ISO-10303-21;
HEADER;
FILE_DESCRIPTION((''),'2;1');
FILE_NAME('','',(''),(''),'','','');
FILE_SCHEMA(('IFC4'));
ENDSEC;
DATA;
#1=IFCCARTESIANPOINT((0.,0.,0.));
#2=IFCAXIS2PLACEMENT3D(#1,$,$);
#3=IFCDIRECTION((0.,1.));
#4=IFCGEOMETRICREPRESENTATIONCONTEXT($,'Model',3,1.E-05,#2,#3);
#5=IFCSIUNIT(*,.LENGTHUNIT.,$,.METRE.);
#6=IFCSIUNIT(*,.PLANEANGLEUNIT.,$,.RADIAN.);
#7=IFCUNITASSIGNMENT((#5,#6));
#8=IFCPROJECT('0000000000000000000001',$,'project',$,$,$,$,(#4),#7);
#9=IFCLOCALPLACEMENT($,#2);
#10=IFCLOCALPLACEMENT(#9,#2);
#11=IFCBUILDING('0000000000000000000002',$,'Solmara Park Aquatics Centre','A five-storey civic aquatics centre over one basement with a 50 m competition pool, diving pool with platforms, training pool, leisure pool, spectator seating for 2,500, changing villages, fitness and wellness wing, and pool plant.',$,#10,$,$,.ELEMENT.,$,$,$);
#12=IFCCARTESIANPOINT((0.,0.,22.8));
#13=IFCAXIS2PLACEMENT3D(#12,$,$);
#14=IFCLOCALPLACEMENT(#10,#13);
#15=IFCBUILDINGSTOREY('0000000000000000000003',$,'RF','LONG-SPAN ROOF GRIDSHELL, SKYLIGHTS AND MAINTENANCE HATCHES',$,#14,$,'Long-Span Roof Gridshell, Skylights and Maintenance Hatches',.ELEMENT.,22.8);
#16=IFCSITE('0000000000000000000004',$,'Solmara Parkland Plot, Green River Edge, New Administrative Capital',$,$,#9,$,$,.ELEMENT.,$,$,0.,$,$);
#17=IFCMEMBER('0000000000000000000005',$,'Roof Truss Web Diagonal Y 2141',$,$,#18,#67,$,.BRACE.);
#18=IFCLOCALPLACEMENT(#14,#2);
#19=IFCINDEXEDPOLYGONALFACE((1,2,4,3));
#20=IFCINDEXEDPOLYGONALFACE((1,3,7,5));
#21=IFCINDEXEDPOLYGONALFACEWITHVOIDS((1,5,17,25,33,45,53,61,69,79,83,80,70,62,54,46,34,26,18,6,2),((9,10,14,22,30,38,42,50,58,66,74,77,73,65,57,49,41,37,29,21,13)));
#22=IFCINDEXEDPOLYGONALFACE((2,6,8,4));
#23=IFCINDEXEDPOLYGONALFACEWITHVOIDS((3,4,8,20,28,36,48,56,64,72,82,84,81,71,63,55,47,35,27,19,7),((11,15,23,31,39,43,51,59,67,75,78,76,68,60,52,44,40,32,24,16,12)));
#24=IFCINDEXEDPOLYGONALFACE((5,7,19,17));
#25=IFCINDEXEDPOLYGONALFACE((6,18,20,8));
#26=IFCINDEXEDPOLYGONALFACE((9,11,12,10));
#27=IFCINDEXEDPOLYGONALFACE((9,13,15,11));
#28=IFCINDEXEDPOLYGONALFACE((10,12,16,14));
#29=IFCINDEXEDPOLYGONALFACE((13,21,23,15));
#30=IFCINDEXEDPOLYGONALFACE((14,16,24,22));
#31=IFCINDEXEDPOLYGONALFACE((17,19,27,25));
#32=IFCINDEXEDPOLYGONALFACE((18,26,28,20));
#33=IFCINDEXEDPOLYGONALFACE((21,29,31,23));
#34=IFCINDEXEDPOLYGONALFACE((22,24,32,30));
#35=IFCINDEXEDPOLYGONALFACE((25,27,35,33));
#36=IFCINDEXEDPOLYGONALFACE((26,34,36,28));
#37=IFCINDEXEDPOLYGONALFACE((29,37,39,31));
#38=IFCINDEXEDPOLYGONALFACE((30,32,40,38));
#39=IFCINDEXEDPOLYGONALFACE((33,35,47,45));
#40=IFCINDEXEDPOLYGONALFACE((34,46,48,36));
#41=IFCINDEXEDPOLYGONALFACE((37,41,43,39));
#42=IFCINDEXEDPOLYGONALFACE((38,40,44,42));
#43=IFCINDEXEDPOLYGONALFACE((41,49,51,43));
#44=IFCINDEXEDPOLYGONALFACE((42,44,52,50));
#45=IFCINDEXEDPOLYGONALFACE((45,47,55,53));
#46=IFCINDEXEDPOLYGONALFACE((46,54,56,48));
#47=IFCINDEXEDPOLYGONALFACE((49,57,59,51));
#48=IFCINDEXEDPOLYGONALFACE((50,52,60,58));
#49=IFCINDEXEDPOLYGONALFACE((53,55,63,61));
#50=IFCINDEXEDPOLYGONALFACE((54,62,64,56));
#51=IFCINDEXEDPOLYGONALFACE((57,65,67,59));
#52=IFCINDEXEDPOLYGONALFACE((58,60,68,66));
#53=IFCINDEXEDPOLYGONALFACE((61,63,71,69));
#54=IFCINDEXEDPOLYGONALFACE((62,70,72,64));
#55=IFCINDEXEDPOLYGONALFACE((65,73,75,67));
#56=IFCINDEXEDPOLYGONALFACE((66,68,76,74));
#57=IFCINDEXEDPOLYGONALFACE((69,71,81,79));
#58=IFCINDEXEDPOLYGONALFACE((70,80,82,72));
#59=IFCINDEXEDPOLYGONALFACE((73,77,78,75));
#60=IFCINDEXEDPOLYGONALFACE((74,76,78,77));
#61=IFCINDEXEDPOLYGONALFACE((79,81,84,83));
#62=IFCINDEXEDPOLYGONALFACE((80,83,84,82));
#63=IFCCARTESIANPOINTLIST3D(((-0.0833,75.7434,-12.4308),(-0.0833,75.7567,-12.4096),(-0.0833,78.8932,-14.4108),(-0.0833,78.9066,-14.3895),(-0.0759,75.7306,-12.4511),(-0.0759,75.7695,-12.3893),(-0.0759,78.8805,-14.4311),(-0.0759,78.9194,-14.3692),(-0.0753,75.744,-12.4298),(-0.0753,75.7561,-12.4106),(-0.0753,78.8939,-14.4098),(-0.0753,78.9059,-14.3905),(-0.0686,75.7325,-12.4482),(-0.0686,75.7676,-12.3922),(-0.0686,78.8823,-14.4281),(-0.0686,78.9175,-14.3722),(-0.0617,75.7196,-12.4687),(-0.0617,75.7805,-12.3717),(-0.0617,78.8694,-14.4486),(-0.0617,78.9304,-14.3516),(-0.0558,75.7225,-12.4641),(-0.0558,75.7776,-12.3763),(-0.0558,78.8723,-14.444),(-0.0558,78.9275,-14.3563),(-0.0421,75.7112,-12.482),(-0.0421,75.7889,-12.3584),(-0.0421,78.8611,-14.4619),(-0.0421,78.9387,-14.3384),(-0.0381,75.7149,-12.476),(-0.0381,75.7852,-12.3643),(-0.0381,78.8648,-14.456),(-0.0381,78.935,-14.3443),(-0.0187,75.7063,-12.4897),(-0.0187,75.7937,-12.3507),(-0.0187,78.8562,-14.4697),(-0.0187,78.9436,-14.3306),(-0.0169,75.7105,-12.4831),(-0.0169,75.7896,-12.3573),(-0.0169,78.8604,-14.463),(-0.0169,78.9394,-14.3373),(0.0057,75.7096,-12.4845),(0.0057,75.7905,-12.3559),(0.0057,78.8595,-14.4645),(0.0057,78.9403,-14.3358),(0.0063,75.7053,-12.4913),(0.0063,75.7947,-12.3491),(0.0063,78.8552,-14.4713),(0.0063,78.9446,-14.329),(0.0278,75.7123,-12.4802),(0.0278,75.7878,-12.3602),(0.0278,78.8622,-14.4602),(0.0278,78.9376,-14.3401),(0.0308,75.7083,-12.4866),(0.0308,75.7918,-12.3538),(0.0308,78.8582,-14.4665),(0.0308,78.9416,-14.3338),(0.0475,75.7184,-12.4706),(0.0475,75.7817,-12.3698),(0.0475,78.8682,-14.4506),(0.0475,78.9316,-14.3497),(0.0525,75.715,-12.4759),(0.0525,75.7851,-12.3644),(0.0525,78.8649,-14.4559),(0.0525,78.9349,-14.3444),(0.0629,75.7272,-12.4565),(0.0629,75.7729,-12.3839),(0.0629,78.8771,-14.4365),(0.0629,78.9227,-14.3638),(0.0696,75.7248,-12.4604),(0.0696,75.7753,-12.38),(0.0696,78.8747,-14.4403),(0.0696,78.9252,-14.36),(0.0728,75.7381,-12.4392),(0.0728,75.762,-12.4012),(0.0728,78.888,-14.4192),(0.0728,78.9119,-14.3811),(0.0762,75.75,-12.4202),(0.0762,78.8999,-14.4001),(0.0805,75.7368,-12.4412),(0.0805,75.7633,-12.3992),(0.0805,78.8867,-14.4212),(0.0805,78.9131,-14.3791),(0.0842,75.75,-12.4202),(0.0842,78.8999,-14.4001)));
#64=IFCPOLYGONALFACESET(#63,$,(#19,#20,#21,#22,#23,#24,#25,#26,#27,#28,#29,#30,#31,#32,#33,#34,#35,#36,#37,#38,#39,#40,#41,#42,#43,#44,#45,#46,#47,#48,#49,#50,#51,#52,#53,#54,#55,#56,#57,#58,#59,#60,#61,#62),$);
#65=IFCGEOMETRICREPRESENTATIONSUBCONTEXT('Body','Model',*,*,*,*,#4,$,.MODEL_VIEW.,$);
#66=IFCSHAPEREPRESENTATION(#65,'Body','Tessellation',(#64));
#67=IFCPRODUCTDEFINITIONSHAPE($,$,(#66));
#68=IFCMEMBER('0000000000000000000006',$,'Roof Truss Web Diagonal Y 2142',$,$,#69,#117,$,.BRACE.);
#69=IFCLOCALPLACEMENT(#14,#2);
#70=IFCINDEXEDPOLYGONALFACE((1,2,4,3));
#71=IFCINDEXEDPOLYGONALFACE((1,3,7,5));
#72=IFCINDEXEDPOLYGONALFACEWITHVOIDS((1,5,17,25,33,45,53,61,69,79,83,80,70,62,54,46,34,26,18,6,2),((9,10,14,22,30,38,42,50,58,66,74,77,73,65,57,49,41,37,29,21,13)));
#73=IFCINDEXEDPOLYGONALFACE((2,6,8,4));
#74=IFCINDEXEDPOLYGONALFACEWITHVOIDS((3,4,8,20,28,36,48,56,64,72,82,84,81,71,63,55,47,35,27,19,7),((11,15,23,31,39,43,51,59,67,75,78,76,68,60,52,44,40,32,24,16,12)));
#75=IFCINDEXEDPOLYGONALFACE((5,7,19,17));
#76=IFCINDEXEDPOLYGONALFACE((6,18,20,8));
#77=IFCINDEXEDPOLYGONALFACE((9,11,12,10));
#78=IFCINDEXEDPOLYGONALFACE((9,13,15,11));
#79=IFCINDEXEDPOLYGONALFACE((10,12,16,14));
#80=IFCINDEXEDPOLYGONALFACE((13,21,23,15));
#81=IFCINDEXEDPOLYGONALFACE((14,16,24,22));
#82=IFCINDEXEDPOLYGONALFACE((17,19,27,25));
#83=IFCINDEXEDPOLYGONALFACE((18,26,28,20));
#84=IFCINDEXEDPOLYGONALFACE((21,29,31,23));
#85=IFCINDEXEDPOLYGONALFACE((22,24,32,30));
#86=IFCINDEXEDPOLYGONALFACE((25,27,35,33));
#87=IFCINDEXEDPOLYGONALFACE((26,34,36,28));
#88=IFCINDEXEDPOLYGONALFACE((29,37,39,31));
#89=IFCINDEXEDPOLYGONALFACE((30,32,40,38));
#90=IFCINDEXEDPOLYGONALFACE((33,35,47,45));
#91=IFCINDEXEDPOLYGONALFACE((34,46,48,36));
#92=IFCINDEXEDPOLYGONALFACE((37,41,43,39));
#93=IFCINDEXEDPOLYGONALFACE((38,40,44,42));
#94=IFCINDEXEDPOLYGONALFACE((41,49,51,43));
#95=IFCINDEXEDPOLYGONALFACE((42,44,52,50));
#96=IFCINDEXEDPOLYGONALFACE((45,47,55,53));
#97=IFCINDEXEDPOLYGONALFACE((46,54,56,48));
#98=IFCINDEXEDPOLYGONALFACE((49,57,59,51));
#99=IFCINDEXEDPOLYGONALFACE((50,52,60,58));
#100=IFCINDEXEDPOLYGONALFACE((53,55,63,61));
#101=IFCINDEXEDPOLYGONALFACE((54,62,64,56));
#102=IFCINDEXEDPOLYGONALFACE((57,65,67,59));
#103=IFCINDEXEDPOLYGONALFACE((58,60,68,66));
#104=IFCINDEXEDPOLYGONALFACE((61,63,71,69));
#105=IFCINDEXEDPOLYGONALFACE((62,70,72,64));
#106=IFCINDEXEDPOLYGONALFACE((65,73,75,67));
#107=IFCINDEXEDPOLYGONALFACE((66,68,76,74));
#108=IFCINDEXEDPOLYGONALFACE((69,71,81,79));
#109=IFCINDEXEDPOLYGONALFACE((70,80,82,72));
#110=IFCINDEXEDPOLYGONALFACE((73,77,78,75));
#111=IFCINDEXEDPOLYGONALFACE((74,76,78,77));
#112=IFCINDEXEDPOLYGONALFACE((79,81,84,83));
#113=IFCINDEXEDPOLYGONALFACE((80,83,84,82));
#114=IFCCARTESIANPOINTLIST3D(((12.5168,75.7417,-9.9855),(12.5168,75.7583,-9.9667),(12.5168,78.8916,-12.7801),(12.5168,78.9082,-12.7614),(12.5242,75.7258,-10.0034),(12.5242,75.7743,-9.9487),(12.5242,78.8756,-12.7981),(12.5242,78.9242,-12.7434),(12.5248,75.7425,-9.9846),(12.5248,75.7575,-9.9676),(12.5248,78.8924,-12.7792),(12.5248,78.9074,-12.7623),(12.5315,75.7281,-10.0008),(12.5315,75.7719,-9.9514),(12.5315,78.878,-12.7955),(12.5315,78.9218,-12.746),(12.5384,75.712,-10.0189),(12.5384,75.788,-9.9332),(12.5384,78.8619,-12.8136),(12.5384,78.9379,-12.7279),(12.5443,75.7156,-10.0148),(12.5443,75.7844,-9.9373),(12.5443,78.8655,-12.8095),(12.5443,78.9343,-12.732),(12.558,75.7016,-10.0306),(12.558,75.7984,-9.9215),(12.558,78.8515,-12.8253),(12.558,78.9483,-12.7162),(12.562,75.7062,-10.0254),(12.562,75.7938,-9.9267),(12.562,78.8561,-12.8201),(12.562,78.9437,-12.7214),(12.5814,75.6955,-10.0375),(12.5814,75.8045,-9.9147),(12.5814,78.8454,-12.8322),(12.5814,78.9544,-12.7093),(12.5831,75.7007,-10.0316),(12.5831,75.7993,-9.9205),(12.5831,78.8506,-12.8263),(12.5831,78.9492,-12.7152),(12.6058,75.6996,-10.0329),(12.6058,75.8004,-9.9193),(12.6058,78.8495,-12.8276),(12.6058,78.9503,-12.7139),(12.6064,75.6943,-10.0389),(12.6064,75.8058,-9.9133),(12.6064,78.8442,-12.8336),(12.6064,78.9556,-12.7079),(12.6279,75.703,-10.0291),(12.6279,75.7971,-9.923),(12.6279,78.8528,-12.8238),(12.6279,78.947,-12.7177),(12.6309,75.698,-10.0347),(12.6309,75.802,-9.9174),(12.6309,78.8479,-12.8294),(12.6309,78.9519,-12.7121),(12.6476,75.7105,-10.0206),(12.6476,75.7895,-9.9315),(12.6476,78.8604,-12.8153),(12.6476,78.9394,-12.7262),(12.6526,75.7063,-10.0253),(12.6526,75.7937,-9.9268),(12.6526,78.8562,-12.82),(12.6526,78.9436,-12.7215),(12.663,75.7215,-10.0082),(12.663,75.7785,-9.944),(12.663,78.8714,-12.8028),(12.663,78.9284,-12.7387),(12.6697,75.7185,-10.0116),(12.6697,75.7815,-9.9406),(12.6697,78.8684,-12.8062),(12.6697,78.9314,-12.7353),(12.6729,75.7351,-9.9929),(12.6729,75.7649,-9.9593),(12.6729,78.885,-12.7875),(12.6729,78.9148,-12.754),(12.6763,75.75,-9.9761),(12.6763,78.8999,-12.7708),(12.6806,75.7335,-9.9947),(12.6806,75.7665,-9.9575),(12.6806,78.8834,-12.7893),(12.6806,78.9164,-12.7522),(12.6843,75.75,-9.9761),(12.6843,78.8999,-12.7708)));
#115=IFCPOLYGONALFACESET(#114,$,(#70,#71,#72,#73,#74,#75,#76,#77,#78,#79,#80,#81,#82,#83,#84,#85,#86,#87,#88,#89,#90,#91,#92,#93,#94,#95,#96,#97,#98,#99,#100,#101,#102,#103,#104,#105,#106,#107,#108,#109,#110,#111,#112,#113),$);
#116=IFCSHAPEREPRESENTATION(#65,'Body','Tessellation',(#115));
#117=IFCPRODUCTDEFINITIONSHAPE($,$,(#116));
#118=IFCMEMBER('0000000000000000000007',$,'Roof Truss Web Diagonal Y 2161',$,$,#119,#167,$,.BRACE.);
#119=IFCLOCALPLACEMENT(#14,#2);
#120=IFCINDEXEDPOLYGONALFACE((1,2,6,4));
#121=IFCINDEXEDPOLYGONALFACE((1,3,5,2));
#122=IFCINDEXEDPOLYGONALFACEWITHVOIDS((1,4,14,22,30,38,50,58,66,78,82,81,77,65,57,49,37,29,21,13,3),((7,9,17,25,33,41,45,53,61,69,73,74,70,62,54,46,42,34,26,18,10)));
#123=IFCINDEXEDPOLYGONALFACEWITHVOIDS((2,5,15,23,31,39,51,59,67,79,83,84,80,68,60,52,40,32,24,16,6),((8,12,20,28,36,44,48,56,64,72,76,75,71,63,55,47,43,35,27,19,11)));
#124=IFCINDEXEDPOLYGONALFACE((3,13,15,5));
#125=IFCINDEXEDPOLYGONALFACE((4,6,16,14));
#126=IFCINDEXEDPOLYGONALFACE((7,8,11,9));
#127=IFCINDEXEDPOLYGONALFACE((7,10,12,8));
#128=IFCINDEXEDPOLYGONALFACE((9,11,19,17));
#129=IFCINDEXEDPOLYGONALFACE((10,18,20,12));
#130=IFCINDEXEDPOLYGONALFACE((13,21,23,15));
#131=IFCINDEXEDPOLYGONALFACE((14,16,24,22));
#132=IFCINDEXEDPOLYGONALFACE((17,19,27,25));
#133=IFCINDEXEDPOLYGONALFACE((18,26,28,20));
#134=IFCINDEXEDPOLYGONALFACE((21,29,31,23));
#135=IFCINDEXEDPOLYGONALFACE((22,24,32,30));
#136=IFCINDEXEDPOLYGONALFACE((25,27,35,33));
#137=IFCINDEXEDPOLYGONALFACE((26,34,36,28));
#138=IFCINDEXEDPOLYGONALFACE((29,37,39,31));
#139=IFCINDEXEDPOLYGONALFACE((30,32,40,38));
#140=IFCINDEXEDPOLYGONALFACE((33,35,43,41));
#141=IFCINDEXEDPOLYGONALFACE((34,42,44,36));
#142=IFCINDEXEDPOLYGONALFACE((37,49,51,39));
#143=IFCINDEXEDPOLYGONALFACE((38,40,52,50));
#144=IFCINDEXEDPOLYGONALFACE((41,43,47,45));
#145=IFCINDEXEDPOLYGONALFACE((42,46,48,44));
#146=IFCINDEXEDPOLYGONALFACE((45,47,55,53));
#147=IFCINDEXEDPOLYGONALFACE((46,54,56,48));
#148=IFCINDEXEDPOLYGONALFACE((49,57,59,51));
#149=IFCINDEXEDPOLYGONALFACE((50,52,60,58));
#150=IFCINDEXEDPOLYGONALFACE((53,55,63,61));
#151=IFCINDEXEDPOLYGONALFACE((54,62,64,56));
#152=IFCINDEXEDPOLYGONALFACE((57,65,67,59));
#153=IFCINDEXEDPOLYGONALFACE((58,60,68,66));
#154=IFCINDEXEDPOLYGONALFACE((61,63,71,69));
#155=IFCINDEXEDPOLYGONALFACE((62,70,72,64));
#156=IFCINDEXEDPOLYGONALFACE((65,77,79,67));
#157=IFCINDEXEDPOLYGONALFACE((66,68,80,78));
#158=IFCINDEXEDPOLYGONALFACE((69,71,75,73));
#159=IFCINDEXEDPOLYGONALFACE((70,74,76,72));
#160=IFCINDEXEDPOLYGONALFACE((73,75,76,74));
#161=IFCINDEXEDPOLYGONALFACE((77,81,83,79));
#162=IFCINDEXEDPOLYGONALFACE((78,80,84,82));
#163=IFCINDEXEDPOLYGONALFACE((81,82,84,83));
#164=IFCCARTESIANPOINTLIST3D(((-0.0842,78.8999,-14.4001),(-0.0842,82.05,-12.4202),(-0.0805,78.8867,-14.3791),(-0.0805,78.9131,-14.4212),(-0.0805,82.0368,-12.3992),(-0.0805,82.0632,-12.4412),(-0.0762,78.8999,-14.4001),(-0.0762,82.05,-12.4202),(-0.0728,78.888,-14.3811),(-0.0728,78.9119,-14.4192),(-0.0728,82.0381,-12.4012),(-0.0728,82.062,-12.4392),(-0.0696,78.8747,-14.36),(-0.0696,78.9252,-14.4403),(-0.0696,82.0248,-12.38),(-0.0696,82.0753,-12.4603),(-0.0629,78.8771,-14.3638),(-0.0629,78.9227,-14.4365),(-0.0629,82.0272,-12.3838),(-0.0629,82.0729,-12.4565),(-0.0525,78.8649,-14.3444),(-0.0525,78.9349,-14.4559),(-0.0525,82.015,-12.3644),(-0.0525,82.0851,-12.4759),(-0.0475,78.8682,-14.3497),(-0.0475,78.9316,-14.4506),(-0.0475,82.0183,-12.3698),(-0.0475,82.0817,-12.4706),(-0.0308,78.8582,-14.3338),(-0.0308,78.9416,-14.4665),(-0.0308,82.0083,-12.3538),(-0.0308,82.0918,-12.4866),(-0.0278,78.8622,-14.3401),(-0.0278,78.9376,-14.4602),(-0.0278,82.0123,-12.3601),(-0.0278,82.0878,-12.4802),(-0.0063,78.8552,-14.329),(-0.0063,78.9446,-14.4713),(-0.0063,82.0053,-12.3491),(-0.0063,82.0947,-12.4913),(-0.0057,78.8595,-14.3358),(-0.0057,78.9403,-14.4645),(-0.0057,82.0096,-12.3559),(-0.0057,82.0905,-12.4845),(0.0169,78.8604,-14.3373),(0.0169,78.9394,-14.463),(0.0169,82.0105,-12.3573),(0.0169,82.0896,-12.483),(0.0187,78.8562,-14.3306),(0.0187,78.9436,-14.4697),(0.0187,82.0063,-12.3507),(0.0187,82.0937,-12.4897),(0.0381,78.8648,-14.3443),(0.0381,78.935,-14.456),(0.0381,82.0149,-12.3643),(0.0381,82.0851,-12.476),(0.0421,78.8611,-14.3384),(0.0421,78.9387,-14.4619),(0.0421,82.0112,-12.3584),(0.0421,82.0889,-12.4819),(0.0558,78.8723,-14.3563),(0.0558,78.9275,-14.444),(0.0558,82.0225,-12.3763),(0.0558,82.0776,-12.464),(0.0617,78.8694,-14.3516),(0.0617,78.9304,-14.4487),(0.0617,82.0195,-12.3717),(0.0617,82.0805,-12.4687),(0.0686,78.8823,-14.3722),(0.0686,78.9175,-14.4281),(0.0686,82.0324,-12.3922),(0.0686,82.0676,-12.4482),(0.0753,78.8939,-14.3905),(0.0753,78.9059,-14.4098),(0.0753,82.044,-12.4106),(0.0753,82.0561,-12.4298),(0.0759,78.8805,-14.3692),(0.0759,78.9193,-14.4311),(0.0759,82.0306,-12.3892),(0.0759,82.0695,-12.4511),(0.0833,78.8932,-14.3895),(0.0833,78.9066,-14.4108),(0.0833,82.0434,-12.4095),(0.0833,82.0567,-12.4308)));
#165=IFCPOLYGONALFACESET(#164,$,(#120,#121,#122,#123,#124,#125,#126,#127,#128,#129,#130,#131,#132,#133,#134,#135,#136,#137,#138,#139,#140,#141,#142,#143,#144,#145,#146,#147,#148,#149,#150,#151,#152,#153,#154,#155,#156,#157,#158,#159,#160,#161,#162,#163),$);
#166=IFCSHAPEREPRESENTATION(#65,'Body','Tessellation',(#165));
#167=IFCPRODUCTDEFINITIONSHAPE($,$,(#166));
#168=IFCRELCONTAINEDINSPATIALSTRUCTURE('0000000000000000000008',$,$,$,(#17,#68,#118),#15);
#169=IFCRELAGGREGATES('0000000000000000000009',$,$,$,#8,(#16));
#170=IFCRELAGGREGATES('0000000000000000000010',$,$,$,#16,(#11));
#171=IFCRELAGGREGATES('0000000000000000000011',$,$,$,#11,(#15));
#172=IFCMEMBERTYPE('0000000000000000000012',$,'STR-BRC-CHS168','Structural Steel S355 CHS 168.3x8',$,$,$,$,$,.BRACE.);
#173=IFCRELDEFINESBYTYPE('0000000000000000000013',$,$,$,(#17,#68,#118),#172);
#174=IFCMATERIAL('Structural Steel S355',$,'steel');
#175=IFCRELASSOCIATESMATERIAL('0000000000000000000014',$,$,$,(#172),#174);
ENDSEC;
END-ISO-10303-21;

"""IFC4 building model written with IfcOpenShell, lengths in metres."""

from ifc_helpers import new_model, si_unit, direction, frame, origin, origin_2d, place, context, subcontext, project, spatial, hollow_circle, extrude, material, material_profile, profile_set, type_object, element, save


model = new_model("IFC4")

# Units and contexts
model_context = context("Model", 3, precision=1e-05, world=origin(), true_north=direction((0.0, 1.0)))
body_context = subcontext(model_context, "Body", "Model", "MODEL_VIEW")
ifc_project = project(units=[si_unit("LENGTHUNIT", "METRE"), si_unit("PLANEANGLEUNIT", "RADIAN")], contexts=[model_context])

# Site, building, storey
site_placement = place(None, origin())
site = spatial("IfcSite", under=ifc_project, at=site_placement, Name="Solmara Parkland Plot, Green River Edge, New Administrative Capital", CompositionType="ELEMENT", RefElevation=0.0)
building_placement = place(site_placement, origin())
building = spatial("IfcBuilding", under=site, at=building_placement, Name="Solmara Park Aquatics Centre", Description="A five-storey civic aquatics centre over one basement with a 50 m competition pool, diving pool with platforms, training pool, leisure pool, spectator seating for 2,500, changing villages, fitness and wellness wing, and pool plant.", CompositionType="ELEMENT")
storey_placement = place(building_placement, frame((0.0, 0.0, 22.8)))
storey = spatial("IfcBuildingStorey", under=building, at=storey_placement, Name="RF", Description="LONG-SPAN ROOF GRIDSHELL, SKYLIGHTS AND MAINTENANCE HATCHES", LongName="Long-Span Roof Gridshell, Skylights and Maintenance Hatches", CompositionType="ELEMENT", Elevation=22.8)

# Members
ifc_material_1 = material(Name="Structural Steel S355", Category="steel")
ifc_material_profile_1 = material_profile(ifc_material_1, hollow_circle(Radius=0.0842, WallThickness=0.0081, at=origin_2d()), Name="CHS 168.3x8")
ifc_profile_set_1 = profile_set([ifc_material_profile_1], Name="Structural Steel S355")
member_type_1 = type_object("IfcMemberType", Name="STR-BRC-CHS168", Description="Structural Steel S355 CHS 168.3x8", PredefinedType="BRACE", material=ifc_profile_set_1)
member_1_placement = place(storey_placement, frame((0.0, 78.8999, -14.4001), z_axis=(0.0, -0.846631, 0.53218), x_axis=(1.0, 0.0, 0.0)))
element("IfcMember", 1, at=member_1_placement, inside=storey, type_object=member_type_1, Name="Roof Truss Web Diagonal Y 2141", PredefinedType="BRACE", context=body_context, shape_type="SweptSolid", body=[
    extrude(hollow_circle(Radius=0.0842, WallThickness=0.0081, at=origin_2d()), origin(), (0.0, 0.0, 1.0), 3.7205),
])
member_2_placement = place(storey_placement, frame((12.6001, 78.8999, -12.7708), z_axis=(0.0, -0.748026, 0.663669), x_axis=(1.0, 0.0, 0.0)))
element("IfcMember", 2, at=member_2_placement, inside=storey, type_object=member_type_1, Name="Roof Truss Web Diagonal Y 2142", PredefinedType="BRACE", context=body_context, shape_type="SweptSolid", body=[
    extrude(hollow_circle(Radius=0.0842, WallThickness=0.0081, at=origin_2d()), origin(), (0.0, 0.0, 1.0), 4.2109),
])
member_3_placement = place(storey_placement, frame((0.0, 78.8999, -14.4001), z_axis=(0.0, 0.84665, 0.53215), x_axis=(-1.0, 0.0, 0.0)))
element("IfcMember", 3, at=member_3_placement, inside=storey, type_object=member_type_1, Name="Roof Truss Web Diagonal Y 2161", PredefinedType="BRACE", context=body_context, shape_type="SweptSolid", body=[
    extrude(hollow_circle(Radius=0.0842, WallThickness=0.0081, at=origin_2d()), origin(), (0.0, 0.0, 1.0), 3.7207),
])

save(model, "model.ifc")
